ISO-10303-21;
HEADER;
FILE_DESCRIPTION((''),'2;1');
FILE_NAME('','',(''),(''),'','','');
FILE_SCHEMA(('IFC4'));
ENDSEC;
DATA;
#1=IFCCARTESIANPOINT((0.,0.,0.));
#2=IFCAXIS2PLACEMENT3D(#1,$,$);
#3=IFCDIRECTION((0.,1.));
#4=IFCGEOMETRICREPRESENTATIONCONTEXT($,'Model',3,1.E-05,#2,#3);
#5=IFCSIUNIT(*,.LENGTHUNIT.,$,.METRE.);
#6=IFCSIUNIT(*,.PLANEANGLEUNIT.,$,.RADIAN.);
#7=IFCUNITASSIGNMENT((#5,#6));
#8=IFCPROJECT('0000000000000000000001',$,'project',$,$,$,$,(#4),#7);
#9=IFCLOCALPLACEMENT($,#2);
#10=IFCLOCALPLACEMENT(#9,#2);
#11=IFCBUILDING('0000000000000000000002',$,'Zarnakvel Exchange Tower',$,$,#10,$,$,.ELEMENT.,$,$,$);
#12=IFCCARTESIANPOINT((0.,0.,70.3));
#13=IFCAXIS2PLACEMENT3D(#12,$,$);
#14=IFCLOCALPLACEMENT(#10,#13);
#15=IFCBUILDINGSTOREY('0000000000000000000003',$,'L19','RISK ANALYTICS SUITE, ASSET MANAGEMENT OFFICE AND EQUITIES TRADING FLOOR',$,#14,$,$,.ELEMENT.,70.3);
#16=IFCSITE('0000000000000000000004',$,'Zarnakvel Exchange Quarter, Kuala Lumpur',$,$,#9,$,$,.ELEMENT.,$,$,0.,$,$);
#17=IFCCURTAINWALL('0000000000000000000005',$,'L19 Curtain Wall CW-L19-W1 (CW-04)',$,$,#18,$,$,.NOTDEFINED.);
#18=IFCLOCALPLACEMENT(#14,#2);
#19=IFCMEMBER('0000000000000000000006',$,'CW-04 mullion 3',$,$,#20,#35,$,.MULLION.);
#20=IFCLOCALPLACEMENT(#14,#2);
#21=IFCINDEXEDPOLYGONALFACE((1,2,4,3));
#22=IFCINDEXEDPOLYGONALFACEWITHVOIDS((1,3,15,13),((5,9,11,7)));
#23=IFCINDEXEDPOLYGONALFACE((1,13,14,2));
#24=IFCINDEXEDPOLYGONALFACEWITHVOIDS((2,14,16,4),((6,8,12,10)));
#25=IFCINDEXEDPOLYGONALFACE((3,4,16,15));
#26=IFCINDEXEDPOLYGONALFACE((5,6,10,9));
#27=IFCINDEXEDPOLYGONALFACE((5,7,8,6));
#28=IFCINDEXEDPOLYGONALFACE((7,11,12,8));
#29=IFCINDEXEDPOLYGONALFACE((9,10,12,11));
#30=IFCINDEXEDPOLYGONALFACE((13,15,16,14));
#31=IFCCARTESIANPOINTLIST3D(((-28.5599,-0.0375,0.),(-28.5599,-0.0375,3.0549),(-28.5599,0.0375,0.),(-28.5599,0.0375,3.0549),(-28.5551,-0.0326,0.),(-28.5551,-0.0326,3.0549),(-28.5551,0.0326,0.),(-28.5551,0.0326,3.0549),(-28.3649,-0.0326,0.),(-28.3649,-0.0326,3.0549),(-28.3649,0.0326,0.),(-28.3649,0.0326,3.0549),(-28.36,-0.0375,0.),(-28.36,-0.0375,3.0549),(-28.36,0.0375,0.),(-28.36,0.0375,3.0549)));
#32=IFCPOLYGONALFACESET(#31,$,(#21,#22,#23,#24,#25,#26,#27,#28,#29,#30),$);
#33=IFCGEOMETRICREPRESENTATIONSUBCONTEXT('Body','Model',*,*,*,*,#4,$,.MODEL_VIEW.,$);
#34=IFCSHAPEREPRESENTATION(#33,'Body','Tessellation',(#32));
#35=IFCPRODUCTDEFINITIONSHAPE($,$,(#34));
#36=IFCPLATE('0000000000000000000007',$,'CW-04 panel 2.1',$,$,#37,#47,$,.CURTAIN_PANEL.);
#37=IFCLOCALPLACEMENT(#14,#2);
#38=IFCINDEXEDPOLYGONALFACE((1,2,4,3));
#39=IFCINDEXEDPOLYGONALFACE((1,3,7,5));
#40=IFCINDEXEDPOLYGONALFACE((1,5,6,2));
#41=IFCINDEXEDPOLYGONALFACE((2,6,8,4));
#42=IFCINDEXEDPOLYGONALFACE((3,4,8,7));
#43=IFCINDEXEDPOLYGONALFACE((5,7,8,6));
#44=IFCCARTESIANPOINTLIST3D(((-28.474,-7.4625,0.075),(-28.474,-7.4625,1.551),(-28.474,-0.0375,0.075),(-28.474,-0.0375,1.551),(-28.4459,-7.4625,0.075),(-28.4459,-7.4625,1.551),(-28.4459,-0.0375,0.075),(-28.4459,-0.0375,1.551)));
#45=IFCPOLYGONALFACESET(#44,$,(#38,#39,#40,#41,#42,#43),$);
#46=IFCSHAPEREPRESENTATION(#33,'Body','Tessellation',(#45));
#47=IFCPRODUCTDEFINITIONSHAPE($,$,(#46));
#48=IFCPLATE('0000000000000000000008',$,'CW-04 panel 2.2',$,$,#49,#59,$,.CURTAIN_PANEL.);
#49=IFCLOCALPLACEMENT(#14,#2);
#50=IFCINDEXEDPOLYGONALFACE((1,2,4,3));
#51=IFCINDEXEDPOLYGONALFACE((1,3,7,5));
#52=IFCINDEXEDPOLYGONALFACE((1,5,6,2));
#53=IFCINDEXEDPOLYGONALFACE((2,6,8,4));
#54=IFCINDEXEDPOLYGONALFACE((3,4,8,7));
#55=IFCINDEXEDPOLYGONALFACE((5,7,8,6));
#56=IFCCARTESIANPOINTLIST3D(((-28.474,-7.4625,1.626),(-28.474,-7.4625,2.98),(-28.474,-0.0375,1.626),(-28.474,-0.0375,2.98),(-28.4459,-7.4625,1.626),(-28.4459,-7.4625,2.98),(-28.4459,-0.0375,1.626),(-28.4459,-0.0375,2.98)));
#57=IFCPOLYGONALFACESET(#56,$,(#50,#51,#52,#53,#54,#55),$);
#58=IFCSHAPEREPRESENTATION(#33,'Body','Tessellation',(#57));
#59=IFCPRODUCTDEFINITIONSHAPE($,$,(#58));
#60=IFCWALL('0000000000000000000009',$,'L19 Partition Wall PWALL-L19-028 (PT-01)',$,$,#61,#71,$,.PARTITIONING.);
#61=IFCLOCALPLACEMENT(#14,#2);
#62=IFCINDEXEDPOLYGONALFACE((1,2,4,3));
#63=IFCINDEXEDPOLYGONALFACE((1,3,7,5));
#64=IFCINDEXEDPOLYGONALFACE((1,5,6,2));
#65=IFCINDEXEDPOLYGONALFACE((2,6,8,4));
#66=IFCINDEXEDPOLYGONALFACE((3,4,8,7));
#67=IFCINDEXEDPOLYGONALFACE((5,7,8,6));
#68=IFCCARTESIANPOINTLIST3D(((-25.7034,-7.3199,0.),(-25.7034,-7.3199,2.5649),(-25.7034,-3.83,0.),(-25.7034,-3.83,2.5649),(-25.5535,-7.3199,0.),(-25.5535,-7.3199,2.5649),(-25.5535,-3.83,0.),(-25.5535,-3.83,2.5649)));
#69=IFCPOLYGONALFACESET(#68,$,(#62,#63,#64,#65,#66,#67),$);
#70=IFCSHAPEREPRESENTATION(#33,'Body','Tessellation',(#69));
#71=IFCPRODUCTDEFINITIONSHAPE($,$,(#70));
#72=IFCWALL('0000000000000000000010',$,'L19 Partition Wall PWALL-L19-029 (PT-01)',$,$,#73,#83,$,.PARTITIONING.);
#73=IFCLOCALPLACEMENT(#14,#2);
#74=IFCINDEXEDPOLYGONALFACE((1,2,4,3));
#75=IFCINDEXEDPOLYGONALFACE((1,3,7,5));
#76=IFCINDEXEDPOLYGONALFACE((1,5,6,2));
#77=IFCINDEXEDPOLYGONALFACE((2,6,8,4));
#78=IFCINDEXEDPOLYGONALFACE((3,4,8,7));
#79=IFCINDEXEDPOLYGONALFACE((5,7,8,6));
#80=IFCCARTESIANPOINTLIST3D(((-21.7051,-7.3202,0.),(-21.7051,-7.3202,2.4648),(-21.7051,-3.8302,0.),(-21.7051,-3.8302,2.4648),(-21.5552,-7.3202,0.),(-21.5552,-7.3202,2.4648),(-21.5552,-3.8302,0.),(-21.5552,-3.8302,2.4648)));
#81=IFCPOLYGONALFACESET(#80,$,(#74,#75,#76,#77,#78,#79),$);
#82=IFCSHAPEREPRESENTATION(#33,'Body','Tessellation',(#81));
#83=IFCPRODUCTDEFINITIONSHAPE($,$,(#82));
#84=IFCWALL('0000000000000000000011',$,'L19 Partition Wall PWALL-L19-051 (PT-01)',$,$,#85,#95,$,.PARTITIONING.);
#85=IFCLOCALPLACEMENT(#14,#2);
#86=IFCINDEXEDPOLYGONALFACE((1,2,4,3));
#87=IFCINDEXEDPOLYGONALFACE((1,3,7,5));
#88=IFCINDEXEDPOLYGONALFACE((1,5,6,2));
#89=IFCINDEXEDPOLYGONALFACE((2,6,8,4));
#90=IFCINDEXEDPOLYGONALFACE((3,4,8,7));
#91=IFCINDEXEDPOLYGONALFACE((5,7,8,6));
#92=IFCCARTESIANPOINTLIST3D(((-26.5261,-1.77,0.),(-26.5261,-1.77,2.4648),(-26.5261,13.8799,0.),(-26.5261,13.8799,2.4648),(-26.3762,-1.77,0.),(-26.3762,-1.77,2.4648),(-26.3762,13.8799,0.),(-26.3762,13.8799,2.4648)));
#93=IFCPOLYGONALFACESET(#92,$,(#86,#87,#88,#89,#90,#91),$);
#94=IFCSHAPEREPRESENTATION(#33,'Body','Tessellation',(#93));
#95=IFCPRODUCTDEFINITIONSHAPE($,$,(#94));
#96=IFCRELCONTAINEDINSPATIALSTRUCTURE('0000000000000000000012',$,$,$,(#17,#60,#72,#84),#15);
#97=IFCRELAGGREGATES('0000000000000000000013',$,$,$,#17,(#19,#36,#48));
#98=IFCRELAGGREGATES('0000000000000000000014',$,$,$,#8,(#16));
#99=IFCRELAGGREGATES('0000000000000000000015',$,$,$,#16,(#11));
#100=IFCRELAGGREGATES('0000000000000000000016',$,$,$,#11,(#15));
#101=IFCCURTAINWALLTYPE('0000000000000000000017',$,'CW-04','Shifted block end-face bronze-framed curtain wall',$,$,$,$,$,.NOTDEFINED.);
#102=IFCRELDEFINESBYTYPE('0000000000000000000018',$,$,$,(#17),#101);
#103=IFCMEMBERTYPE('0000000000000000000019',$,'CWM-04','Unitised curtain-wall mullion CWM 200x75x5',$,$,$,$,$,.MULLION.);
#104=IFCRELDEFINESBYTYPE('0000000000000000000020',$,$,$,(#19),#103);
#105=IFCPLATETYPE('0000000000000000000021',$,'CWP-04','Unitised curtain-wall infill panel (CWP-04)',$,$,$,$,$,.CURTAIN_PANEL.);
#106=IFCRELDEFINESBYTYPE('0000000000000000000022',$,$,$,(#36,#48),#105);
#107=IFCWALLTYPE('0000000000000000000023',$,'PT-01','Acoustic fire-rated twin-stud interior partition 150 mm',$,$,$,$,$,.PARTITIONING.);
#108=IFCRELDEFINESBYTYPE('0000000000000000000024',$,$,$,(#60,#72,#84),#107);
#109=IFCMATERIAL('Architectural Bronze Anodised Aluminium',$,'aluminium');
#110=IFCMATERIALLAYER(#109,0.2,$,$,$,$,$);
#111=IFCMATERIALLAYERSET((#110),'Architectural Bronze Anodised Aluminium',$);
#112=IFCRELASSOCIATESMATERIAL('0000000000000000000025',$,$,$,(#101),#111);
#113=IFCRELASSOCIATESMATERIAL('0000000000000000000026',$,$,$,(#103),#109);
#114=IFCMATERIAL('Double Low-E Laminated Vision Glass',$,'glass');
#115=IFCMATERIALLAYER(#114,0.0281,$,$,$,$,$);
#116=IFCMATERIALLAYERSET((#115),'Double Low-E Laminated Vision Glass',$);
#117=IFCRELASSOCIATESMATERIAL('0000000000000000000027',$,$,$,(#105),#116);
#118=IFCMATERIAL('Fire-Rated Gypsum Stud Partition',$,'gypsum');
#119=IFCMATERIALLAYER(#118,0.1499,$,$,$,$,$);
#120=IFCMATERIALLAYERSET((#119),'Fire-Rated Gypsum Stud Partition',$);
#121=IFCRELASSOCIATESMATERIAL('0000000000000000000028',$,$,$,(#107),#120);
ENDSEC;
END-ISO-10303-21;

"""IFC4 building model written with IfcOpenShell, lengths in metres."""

from ifc_helpers import new_model, si_unit, direction, frame, frame_2d, origin, origin_2d, place, context, subcontext, project, spatial, rectangle, hollow_rectangle, extrude, source, transform, mapped, material, layer, layer_set, material_profile, profile_set, type_object, element, aggregate, save


model = new_model("IFC4")

# Units and contexts
model_context = context("Model", 3, precision=1e-05, world=origin(), true_north=direction((0.0, 1.0)))
body_context = subcontext(model_context, "Body", "Model", "MODEL_VIEW")
ifc_project = project(units=[si_unit("LENGTHUNIT", "METRE"), si_unit("PLANEANGLEUNIT", "RADIAN")], contexts=[model_context])

# Site, building, storey
site_placement = place(None, origin())
site = spatial("IfcSite", under=ifc_project, at=site_placement, Name="Zarnakvel Exchange Quarter, Kuala Lumpur", CompositionType="ELEMENT", RefElevation=0.0)
building_placement = place(site_placement, origin())
building = spatial("IfcBuilding", under=site, at=building_placement, Name="Zarnakvel Exchange Tower", CompositionType="ELEMENT")
storey_placement = place(building_placement, frame((0.0, 0.0, 70.3)))
storey = spatial("IfcBuildingStorey", under=building, at=storey_placement, Name="L19", Description="RISK ANALYTICS SUITE, ASSET MANAGEMENT OFFICE AND EQUITIES TRADING FLOOR", CompositionType="ELEMENT", Elevation=70.3)

# Curtain wall, member, plates
ifc_material_1 = material(Name="Architectural Bronze Anodised Aluminium", Category="aluminium")
ifc_layer_1 = layer(ifc_material_1, 0.2)
ifc_layer_set_1 = layer_set([ifc_layer_1], Name="Architectural Bronze Anodised Aluminium")
curtain_wall_type = type_object("IfcCurtainWallType", Name="CW-04", Description="Shifted block end-face bronze-framed curtain wall", PredefinedType="NOTDEFINED", material=ifc_layer_set_1)
curtain_wall_placement = place(storey_placement, origin())
curtain_wall = element("IfcCurtainWall", 1, at=curtain_wall_placement, inside=storey, type_object=curtain_wall_type, Name="L19 Curtain Wall CW-L19-W1 (CW-04)", PredefinedType="NOTDEFINED")
ifc_material_profile_1 = material_profile(ifc_material_1, hollow_rectangle(XDim=0.2, YDim=0.075, WallThickness=0.0049, at=origin_2d()))
ifc_profile_set_1 = profile_set([ifc_material_profile_1], Name="Architectural Bronze Anodised Aluminium")
member_type_1 = type_object("IfcMemberType", Name="CWM-04", Description="Unitised curtain-wall mullion CWM 200x75x5", PredefinedType="MULLION", material=ifc_profile_set_1)
shared_shape_1 = source(origin(), body_context, "Body", "SweptSolid", [
    extrude(hollow_rectangle(XDim=0.2, YDim=0.075, WallThickness=0.0049, at=origin_2d()), origin(), (0.0, 0.0, 1.0), 3.0549),
])
member_1_placement = place(storey_placement, frame((-28.46, 0.0, 0.0), z_axis=(0.0, 0.0, 1.0), x_axis=(-1.0, 0.0, 0.0)))
member_1 = element("IfcMember", 2, at=member_1_placement, type_object=member_type_1, Name="CW-04 mullion 3", PredefinedType="MULLION", context=body_context, shape_type="MappedRepresentation", body=[
    mapped(shared_shape_1, transform((0.0, 0.0, 0.0), x_axis=(1.0, 0.0, 0.0), y_axis=(0.0, 1.0, 0.0), z_axis=(0.0, 0.0, 1.0), scale=1.0)),
])
ifc_material_2 = material(Name="Double Low-E Laminated Vision Glass", Category="glass")
ifc_layer_2 = layer(ifc_material_2, 0.0281)
ifc_layer_set_2 = layer_set([ifc_layer_2], Name="Double Low-E Laminated Vision Glass")
plate_type = type_object("IfcPlateType", Name="CWP-04", Description="Unitised curtain-wall infill panel (CWP-04)", PredefinedType="CURTAIN_PANEL", material=ifc_layer_set_2)
shared_shape_2 = source(origin(), body_context, "Body", "SweptSolid", [
    extrude(rectangle(XDim=7.425, YDim=0.0281, at=origin_2d()), origin(), (0.0, 0.0, 1.0), 1.4761),
])
plate_1_placement = place(storey_placement, frame((-28.46, -3.75, 0.075), z_axis=(0.0, 0.0, 1.0), x_axis=(0.0, 1.0, 0.0)))
plate_1 = element("IfcPlate", 3, at=plate_1_placement, type_object=plate_type, Name="CW-04 panel 2.1", PredefinedType="CURTAIN_PANEL", context=body_context, shape_type="MappedRepresentation", body=[
    mapped(shared_shape_2, transform((0.0, 0.0, 0.0), x_axis=(1.0, 0.0, 0.0), y_axis=(0.0, 1.0, 0.0), z_axis=(0.0, 0.0, 1.0), scale=1.0)),
])
shared_shape_3 = source(origin(), body_context, "Body", "SweptSolid", [
    extrude(rectangle(XDim=7.425, YDim=0.0281, at=origin_2d()), origin(), (0.0, 0.0, 1.0), 1.354),
])
plate_2_placement = place(storey_placement, frame((-28.46, -3.75, 1.626), z_axis=(0.0, 0.0, 1.0), x_axis=(0.0, 1.0, 0.0)))
plate_2 = element("IfcPlate", 4, at=plate_2_placement, type_object=plate_type, Name="CW-04 panel 2.2", PredefinedType="CURTAIN_PANEL", context=body_context, shape_type="MappedRepresentation", body=[
    mapped(shared_shape_3, transform((0.0, 0.0, 0.0), x_axis=(1.0, 0.0, 0.0), y_axis=(0.0, 1.0, 0.0), z_axis=(0.0, 0.0, 1.0), scale=1.0)),
])
aggregate(curtain_wall, [member_1, plate_1, plate_2])

# Shared definitions
ifc_material_3 = material(Name="Fire-Rated Gypsum Stud Partition", Category="gypsum")
ifc_layer_3 = layer(ifc_material_3, 0.1499)
ifc_layer_set_3 = layer_set([ifc_layer_3], Name="Fire-Rated Gypsum Stud Partition")
wall_type = type_object("IfcWallType", Name="PT-01", Description="Acoustic fire-rated twin-stud interior partition 150 mm", PredefinedType="PARTITIONING", material=ifc_layer_set_3)

# Walls
wall_1_placement = place(storey_placement, frame((-25.6284, -7.3201, 0.0), z_axis=(0.0, 0.0, 1.0), x_axis=(0.0, 1.0, 0.0)))
element("IfcWall", 5, at=wall_1_placement, inside=storey, type_object=wall_type, Name="L19 Partition Wall PWALL-L19-028 (PT-01)", PredefinedType="PARTITIONING", context=body_context, shape_type="SweptSolid", body=[
    extrude(rectangle(XDim=3.49, YDim=0.1499, at=frame_2d((1.7451, 0.0))), origin(), (0.0, 0.0, 1.0), 2.5649),
])
wall_2_placement = place(storey_placement, frame((-21.6301, -3.8301, 0.0), z_axis=(0.0, 0.0, 1.0), x_axis=(0.0, -1.0, 0.0)))
element("IfcWall", 6, at=wall_2_placement, inside=storey, type_object=wall_type, Name="L19 Partition Wall PWALL-L19-029 (PT-01)", PredefinedType="PARTITIONING", context=body_context, shape_type="SweptSolid", body=[
    extrude(rectangle(XDim=3.49, YDim=0.1499, at=frame_2d((1.7451, 0.0))), origin(), (0.0, 0.0, 1.0), 2.4648),
])

# Wall
wall_3_placement = place(storey_placement, frame((-26.4512, -1.77, 0.0), z_axis=(0.0, 0.0, 1.0), x_axis=(0.0, 1.0, 0.0)))
element("IfcWall", 7, at=wall_3_placement, inside=storey, type_object=wall_type, Name="L19 Partition Wall PWALL-L19-051 (PT-01)", PredefinedType="PARTITIONING", context=body_context, shape_type="SweptSolid", body=[
    extrude(rectangle(XDim=15.6499, YDim=0.1499, at=frame_2d((7.825, 0.0))), origin(), (0.0, 0.0, 1.0), 2.4648),
])

save(model, "model.ifc")
